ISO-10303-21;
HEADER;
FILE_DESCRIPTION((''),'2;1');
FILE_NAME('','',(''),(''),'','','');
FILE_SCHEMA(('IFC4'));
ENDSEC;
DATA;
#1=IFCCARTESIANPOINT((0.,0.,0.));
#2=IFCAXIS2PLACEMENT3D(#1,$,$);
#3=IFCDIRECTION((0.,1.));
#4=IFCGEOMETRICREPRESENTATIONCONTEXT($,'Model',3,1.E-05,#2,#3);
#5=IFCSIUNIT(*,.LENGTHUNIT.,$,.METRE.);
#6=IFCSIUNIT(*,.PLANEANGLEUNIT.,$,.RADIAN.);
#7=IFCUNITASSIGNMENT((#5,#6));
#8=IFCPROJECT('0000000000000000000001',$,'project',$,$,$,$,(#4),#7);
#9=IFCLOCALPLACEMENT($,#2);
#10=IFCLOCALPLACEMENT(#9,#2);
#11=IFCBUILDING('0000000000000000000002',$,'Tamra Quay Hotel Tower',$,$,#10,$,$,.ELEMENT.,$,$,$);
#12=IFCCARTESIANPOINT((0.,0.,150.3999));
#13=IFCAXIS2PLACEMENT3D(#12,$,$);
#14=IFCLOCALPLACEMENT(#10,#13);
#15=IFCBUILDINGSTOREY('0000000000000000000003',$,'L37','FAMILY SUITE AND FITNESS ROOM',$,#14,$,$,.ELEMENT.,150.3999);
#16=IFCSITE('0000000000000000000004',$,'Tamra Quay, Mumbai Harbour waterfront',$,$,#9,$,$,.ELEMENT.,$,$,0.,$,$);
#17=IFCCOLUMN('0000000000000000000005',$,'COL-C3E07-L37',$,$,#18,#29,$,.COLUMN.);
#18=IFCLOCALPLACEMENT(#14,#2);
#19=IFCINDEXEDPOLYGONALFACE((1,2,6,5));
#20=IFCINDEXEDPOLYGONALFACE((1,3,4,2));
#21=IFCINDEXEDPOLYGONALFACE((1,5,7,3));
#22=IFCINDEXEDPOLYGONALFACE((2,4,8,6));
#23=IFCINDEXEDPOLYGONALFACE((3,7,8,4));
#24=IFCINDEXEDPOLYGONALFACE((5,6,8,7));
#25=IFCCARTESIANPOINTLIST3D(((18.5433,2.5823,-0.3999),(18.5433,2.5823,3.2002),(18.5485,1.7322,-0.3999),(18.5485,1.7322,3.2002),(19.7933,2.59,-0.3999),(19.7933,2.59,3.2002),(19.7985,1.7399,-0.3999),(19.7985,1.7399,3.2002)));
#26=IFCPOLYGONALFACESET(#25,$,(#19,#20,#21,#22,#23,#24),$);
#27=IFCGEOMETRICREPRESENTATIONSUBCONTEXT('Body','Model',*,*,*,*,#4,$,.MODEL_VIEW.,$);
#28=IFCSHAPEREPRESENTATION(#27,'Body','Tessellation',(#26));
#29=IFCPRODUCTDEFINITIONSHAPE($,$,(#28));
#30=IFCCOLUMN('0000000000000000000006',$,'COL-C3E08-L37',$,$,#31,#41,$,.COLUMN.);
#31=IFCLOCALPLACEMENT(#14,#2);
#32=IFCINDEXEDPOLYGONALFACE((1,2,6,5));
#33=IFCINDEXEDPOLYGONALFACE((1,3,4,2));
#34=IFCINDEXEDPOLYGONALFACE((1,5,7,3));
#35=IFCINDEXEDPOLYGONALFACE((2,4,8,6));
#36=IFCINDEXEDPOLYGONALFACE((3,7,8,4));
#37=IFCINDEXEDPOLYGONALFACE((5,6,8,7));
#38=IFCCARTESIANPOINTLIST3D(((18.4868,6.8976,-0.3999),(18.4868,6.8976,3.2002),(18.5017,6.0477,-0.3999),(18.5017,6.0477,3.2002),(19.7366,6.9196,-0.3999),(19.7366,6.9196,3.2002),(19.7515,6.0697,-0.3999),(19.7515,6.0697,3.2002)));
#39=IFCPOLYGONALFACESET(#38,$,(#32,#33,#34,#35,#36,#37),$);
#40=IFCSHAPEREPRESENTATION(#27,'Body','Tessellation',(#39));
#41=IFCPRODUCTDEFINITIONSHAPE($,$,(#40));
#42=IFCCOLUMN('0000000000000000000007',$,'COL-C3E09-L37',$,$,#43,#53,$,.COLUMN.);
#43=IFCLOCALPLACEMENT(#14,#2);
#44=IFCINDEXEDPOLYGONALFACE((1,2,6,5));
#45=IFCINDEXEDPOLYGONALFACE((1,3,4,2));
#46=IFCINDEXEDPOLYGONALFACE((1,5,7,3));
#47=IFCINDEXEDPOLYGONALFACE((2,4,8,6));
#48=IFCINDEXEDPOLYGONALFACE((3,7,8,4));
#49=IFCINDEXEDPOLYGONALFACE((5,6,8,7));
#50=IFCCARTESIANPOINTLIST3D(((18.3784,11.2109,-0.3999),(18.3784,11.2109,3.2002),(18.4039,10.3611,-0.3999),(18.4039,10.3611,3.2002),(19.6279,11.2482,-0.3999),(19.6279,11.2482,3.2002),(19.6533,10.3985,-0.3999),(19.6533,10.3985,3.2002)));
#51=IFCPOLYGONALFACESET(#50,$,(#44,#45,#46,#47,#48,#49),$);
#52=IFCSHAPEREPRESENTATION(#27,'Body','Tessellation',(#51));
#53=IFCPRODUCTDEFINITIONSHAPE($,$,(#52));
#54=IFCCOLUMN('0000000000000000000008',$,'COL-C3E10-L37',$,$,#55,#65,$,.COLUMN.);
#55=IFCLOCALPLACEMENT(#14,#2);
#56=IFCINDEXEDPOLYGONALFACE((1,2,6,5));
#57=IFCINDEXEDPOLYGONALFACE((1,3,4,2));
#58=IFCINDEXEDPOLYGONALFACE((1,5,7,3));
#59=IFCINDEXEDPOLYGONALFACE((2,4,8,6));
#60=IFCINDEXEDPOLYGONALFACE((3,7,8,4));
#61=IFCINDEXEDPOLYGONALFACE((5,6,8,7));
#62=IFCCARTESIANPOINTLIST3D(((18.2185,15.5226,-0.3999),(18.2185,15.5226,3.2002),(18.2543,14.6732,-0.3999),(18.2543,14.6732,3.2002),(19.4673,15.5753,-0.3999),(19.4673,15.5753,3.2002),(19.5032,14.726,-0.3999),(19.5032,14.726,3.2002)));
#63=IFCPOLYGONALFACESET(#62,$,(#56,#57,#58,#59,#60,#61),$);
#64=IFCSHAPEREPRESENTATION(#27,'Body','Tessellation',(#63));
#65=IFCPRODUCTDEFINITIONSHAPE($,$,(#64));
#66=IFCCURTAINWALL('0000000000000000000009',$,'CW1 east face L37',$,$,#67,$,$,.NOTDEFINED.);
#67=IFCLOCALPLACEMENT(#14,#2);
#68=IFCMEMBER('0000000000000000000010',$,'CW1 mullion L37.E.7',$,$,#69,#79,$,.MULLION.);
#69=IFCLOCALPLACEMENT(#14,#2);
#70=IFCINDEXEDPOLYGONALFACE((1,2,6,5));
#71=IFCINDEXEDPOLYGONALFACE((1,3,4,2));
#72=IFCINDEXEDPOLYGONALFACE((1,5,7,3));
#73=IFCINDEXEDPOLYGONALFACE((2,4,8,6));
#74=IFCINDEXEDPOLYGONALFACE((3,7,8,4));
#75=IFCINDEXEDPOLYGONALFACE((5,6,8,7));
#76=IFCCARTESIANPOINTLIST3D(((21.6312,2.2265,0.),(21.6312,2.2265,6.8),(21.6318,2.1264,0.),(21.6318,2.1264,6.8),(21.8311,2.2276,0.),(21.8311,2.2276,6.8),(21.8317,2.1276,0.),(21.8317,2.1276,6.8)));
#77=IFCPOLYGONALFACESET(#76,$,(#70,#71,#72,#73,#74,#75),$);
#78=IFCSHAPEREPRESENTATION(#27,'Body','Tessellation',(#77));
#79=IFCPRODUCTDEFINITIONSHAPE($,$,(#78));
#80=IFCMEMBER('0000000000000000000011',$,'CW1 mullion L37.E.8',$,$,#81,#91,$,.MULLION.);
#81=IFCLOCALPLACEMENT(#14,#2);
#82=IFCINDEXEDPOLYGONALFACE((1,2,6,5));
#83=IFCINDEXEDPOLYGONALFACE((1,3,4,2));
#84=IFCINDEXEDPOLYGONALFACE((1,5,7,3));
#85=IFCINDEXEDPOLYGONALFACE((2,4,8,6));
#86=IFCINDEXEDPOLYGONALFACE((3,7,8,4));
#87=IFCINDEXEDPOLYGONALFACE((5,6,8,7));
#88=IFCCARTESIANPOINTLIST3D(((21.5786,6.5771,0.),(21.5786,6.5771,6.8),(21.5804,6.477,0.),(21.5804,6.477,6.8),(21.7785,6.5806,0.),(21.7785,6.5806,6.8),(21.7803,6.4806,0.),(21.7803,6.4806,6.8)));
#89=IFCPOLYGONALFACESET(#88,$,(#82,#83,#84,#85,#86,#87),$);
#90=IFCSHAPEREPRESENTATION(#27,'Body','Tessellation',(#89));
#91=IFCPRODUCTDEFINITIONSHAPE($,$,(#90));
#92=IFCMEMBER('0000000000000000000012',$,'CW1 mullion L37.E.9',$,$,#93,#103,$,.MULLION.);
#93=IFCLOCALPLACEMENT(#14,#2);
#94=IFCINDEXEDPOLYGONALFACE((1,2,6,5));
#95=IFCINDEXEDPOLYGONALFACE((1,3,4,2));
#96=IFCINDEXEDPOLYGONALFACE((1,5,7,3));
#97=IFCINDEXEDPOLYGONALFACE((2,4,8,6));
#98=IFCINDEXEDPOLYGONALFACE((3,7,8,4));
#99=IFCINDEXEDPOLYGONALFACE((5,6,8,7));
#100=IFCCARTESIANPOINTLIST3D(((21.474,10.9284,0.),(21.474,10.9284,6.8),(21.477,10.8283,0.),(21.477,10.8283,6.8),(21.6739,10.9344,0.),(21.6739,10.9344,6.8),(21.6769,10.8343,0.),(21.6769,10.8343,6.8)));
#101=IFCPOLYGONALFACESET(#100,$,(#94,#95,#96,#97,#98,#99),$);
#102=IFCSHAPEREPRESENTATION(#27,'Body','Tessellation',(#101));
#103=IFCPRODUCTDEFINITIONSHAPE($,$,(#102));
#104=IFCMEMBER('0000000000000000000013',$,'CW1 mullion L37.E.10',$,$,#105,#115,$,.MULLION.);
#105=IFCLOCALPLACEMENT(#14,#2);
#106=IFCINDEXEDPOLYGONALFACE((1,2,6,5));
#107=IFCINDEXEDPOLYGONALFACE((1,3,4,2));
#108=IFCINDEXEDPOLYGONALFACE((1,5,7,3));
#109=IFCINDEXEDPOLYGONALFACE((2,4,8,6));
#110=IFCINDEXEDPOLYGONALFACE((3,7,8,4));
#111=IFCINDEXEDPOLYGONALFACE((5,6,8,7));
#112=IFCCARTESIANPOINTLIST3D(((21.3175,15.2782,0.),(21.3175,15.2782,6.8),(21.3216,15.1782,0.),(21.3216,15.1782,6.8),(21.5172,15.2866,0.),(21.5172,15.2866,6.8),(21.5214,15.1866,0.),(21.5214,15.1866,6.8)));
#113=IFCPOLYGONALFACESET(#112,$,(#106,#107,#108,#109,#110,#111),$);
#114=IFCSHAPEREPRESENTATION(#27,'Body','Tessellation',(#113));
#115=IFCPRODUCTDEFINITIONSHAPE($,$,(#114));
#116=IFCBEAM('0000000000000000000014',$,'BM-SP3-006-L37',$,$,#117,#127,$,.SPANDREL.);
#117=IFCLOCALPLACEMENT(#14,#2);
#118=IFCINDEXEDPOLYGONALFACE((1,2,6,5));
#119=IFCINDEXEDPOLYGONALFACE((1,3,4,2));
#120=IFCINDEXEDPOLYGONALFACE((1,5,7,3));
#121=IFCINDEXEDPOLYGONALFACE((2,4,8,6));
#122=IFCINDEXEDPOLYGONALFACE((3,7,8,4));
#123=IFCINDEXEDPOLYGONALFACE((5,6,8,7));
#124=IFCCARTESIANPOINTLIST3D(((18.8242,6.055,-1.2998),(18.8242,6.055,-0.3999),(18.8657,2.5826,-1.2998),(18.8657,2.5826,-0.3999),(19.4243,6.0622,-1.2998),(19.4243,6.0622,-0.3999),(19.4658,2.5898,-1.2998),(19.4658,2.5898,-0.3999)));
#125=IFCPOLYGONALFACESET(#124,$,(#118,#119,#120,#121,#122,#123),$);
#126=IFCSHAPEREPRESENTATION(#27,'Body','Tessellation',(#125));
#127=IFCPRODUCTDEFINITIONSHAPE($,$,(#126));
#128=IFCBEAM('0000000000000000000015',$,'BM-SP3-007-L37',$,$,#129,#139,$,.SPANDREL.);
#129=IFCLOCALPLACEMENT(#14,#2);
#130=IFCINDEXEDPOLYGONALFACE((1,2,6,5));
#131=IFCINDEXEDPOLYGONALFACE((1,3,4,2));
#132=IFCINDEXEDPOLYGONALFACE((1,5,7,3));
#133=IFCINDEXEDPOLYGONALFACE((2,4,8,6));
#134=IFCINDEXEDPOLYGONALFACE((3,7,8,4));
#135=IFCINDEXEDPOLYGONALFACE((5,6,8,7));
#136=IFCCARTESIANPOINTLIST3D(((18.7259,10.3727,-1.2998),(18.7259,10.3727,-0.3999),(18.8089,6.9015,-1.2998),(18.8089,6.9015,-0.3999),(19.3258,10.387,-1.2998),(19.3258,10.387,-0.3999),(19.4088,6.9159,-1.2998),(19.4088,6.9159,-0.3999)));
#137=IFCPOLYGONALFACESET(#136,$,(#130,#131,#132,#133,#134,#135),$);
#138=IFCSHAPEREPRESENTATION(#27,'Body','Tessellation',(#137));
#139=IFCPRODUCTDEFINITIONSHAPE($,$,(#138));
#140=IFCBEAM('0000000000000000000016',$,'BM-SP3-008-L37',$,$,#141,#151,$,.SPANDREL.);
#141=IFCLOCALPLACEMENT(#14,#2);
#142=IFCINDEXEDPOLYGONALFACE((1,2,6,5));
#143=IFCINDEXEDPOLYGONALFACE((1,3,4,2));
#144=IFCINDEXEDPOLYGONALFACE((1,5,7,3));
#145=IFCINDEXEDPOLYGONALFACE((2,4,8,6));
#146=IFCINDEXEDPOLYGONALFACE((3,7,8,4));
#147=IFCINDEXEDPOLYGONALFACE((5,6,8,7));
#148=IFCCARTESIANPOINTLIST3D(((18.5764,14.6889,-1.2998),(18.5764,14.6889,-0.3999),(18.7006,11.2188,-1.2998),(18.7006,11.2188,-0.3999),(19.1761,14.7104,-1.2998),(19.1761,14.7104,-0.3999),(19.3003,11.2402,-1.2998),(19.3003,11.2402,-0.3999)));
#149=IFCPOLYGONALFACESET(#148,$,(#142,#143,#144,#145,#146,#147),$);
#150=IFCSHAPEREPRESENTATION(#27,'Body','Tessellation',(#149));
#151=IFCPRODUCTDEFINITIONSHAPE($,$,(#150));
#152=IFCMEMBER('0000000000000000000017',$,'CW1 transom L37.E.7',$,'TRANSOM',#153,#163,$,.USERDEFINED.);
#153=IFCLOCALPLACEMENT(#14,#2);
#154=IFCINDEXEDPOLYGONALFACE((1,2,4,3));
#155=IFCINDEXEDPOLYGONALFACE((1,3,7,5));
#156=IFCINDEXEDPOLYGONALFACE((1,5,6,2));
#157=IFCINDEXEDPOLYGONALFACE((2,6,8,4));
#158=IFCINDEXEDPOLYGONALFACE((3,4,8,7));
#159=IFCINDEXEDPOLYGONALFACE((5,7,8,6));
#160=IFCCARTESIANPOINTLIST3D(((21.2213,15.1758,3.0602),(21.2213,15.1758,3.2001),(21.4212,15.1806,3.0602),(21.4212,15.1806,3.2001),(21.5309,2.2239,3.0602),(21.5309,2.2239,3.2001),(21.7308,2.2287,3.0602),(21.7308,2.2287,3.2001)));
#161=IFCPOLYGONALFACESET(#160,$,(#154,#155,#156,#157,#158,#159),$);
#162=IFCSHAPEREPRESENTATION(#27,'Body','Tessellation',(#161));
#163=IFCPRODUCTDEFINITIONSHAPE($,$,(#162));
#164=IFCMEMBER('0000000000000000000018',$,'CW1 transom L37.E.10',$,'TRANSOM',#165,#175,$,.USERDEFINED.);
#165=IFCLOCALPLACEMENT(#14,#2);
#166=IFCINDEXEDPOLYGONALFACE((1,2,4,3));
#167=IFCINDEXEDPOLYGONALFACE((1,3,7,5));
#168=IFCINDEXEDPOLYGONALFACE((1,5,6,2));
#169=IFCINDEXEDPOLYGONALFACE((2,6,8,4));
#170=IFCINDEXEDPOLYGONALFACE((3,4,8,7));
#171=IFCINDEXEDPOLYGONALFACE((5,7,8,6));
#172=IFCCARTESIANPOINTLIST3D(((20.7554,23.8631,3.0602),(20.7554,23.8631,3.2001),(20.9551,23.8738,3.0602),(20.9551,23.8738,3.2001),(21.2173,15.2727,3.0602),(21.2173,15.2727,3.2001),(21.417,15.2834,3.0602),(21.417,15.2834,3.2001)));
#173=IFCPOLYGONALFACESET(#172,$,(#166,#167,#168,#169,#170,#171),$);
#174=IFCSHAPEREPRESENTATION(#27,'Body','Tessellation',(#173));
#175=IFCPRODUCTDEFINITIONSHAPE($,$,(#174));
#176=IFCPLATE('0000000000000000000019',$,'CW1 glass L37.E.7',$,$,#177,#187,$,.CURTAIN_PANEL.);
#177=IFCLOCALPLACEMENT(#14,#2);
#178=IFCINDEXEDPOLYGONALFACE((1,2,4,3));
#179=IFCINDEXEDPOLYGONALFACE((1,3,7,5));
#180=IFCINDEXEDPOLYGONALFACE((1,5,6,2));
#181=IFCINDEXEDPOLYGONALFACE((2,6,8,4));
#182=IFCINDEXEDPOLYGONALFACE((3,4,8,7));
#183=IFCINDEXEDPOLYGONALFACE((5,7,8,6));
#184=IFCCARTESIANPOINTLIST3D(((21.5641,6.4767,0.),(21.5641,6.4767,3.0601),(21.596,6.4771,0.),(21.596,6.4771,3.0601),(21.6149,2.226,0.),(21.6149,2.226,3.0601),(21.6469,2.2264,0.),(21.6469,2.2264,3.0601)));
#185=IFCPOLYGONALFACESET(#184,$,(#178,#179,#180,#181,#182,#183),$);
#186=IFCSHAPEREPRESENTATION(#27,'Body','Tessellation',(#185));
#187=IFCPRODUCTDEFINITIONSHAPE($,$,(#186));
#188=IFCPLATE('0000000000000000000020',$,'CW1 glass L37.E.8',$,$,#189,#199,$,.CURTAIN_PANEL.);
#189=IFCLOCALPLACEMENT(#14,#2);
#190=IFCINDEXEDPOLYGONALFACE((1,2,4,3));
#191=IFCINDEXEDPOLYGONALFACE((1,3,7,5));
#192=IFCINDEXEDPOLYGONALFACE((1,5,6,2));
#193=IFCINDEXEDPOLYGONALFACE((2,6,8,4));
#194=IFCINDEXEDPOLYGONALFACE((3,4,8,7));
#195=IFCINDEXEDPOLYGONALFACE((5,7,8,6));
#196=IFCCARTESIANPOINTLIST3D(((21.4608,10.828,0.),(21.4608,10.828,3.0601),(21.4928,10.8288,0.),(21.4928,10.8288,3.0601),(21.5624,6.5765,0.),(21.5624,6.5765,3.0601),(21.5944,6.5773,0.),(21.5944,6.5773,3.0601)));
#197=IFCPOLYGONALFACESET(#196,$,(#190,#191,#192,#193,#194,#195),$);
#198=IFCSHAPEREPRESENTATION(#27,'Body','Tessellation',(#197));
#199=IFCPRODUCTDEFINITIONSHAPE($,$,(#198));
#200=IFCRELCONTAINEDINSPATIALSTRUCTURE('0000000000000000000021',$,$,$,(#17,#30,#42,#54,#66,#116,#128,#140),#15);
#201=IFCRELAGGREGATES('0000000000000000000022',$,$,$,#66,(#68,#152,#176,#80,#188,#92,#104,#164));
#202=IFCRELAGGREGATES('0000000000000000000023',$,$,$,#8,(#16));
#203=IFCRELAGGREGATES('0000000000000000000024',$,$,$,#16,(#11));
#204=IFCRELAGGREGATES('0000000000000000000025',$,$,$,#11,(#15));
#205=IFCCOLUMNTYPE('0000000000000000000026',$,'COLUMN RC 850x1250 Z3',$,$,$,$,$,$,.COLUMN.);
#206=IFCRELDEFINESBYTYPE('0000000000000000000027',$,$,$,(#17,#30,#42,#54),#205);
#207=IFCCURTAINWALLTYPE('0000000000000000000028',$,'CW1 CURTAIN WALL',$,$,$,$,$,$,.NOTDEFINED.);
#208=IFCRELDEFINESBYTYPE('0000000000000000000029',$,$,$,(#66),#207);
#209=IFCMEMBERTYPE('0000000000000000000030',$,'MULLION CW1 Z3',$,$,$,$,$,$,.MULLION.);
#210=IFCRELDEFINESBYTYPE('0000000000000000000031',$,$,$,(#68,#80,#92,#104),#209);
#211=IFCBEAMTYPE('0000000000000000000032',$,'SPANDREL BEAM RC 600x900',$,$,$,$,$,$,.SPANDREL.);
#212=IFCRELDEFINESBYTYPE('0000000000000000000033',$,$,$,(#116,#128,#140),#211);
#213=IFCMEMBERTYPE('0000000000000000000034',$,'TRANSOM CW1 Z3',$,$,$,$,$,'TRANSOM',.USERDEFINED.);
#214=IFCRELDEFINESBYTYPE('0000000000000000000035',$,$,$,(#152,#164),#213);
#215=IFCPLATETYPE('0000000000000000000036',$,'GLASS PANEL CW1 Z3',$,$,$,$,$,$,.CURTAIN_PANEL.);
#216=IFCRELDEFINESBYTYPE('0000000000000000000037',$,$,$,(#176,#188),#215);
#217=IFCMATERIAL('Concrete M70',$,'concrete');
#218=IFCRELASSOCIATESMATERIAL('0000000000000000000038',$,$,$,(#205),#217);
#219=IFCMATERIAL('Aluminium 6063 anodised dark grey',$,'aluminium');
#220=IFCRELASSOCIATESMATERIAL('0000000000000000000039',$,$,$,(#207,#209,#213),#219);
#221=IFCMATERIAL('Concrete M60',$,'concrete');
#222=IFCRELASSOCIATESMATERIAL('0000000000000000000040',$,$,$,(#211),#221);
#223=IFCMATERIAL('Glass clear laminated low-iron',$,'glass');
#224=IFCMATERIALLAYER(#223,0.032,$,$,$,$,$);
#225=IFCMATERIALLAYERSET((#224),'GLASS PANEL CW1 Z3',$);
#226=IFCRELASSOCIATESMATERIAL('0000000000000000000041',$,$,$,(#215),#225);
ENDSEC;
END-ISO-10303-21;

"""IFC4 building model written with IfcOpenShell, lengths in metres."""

from ifc_helpers import new_model, si_unit, direction, frame, origin, origin_2d, place, context, subcontext, project, spatial, rectangle, extrude, material, layer, layer_set, material_profile, profile_set, type_object, element, aggregate, save


model = new_model("IFC4")

# Units and contexts
model_context = context("Model", 3, precision=1e-05, world=origin(), true_north=direction((0.0, 1.0)))
body_context = subcontext(model_context, "Body", "Model", "MODEL_VIEW")
ifc_project = project(units=[si_unit("LENGTHUNIT", "METRE"), si_unit("PLANEANGLEUNIT", "RADIAN")], contexts=[model_context])

# Site, building, storey
site_placement = place(None, origin())
site = spatial("IfcSite", under=ifc_project, at=site_placement, Name="Tamra Quay, Mumbai Harbour waterfront", CompositionType="ELEMENT", RefElevation=0.0)
building_placement = place(site_placement, origin())
building = spatial("IfcBuilding", under=site, at=building_placement, Name="Tamra Quay Hotel Tower", CompositionType="ELEMENT")
storey_placement = place(building_placement, frame((0.0, 0.0, 150.3999)))
storey = spatial("IfcBuildingStorey", under=building, at=storey_placement, Name="L37", Description="FAMILY SUITE AND FITNESS ROOM", CompositionType="ELEMENT", Elevation=150.3999)

# Columns
ifc_material_1 = material(Name="Concrete M70", Category="concrete")
ifc_material_profile_1 = material_profile(ifc_material_1, rectangle(XDim=1.25, YDim=0.8501, at=origin_2d()), Name="COLUMN RC 850x1250 Z3")
ifc_profile_set_1 = profile_set([ifc_material_profile_1], Name="Concrete M70")
column_type = type_object("IfcColumnType", Name="COLUMN RC 850x1250 Z3", PredefinedType="COLUMN", material=ifc_profile_set_1)
for number, where, z_axis, x_axis, name in (
    (1, (19.1709, 2.1611, -0.3999), (0.0, 0.0, 1.0), (0.999981, 0.006159, 0.0), "COL-C3E07-L37"),
    (2, (19.1191, 6.4836, -0.3999), (0.0, 0.0, 1.0), (0.999845, 0.017597, 0.0), "COL-C3E08-L37"),
    (3, (19.0159, 10.8047, -0.3999), (0.0, 0.0, 1.0), (0.999553, 0.029907, 0.0), "COL-C3E09-L37"),
    (4, (18.8608, 15.1243, -0.3999), (0.0, 0.0, 1.0), (0.999109, 0.042202, 0.0), "COL-C3E10-L37"),
):
    element("IfcColumn", number, at=place(storey_placement, frame(where, z_axis=z_axis, x_axis=x_axis)), inside=storey, type_object=column_type, Name=name, PredefinedType="COLUMN", context=body_context, shape_type="SweptSolid", body=[
        extrude(rectangle(XDim=1.25, YDim=0.8501, at=origin_2d()), origin(), (0.0, 0.0, 1.0), 3.6001),
    ])

# Curtain wall, members
ifc_material_2 = material(Name="Aluminium 6063 anodised dark grey", Category="aluminium")
curtain_wall_type = type_object("IfcCurtainWallType", Name="CW1 CURTAIN WALL", PredefinedType="NOTDEFINED", material=ifc_material_2)
curtain_wall_placement = place(storey_placement, origin())
curtain_wall = element("IfcCurtainWall", 5, at=curtain_wall_placement, inside=storey, type_object=curtain_wall_type, Name="CW1 east face L37", PredefinedType="NOTDEFINED")
ifc_material_profile_2 = material_profile(ifc_material_2, rectangle(XDim=0.2, YDim=0.1001, at=origin_2d()), Name="MULLION 100X200")
ifc_profile_set_2 = profile_set([ifc_material_profile_2], Name="Aluminium 6063 anodised dark grey")
member_type_1 = type_object("IfcMemberType", Name="MULLION CW1 Z3", PredefinedType="MULLION", material=ifc_profile_set_2)
member_1_placement = place(storey_placement, frame((21.7314, 2.177, 0.0), z_axis=(0.0, 0.0, 1.0), x_axis=(0.999982, 0.005979, 0.0)))
member_1 = element("IfcMember", 6, at=member_1_placement, type_object=member_type_1, Name="CW1 mullion L37.E.7", PredefinedType="MULLION", context=body_context, shape_type="SweptSolid", body=[
    extrude(rectangle(XDim=0.2, YDim=0.1001, at=origin_2d()), origin(), (0.0, 0.0, 1.0), 6.8),
])
member_2_placement = place(storey_placement, frame((21.6794, 6.5288, 0.0), z_axis=(0.0, 0.0, 1.0), x_axis=(0.999839, 0.017927, 0.0)))
member_2 = element("IfcMember", 7, at=member_2_placement, type_object=member_type_1, Name="CW1 mullion L37.E.8", PredefinedType="MULLION", context=body_context, shape_type="SweptSolid", body=[
    extrude(rectangle(XDim=0.2, YDim=0.1001, at=origin_2d()), origin(), (0.0, 0.0, 1.0), 6.8),
])
member_3_placement = place(storey_placement, frame((21.5754, 10.8813, 0.0), z_axis=(0.0, 0.0, 1.0), x_axis=(0.999554, 0.029871, 0.0)))
member_3 = element("IfcMember", 8, at=member_3_placement, type_object=member_type_1, Name="CW1 mullion L37.E.9", PredefinedType="MULLION", context=body_context, shape_type="SweptSolid", body=[
    extrude(rectangle(XDim=0.2, YDim=0.1001, at=origin_2d()), origin(), (0.0, 0.0, 1.0), 6.8),
])
member_4_placement = place(storey_placement, frame((21.4194, 15.2324, 0.0), z_axis=(0.0, 0.0, 1.0), x_axis=(0.999126, 0.041797, 0.0)))
member_4 = element("IfcMember", 9, at=member_4_placement, type_object=member_type_1, Name="CW1 mullion L37.E.10", PredefinedType="MULLION", context=body_context, shape_type="SweptSolid", body=[
    extrude(rectangle(XDim=0.2, YDim=0.1001, at=origin_2d()), origin(), (0.0, 0.0, 1.0), 6.8),
])

# Beams
ifc_material_3 = material(Name="Concrete M60", Category="concrete")
ifc_material_profile_3 = material_profile(ifc_material_3, rectangle(XDim=0.6001, YDim=0.8999, at=origin_2d()), Name="SPANDREL BEAM RC 600x900")
ifc_profile_set_3 = profile_set([ifc_material_profile_3], Name="Concrete M60")
beam_type = type_object("IfcBeamType", Name="SPANDREL BEAM RC 600x900", PredefinedType="SPANDREL", material=ifc_profile_set_3)
beam_1_placement = place(storey_placement, frame((19.1658, 2.5862, -0.8499), z_axis=(-0.011952, 0.999929, 0.0), x_axis=(-0.999929, -0.011952, 0.0)))
element("IfcBeam", 10, at=beam_1_placement, inside=storey, type_object=beam_type, Name="BM-SP3-006-L37", PredefinedType="SPANDREL", context=body_context, shape_type="SweptSolid", body=[
    extrude(rectangle(XDim=0.6001, YDim=0.8999, at=origin_2d()), origin(), (0.0, 0.0, 1.0), 3.4727),
])
beam_2_placement = place(storey_placement, frame((19.1089, 6.9087, -0.8499), z_axis=(-0.023907, 0.999714, 0.0), x_axis=(-0.999714, -0.023907, 0.0)))
element("IfcBeam", 11, at=beam_2_placement, inside=storey, type_object=beam_type, Name="BM-SP3-007-L37", PredefinedType="SPANDREL", context=body_context, shape_type="SweptSolid", body=[
    extrude(rectangle(XDim=0.6001, YDim=0.8999, at=origin_2d()), origin(), (0.0, 0.0, 1.0), 3.4722),
])
beam_3_placement = place(storey_placement, frame((19.0005, 11.2295, -0.8499), z_axis=(-0.035787, 0.999359, 0.0), x_axis=(-0.999359, -0.035787, 0.0)))
element("IfcBeam", 12, at=beam_3_placement, inside=storey, type_object=beam_type, Name="BM-SP3-008-L37", PredefinedType="SPANDREL", context=body_context, shape_type="SweptSolid", body=[
    extrude(rectangle(XDim=0.6001, YDim=0.8999, at=origin_2d()), origin(), (0.0, 0.0, 1.0), 3.4724),
])

# Members
ifc_material_profile_4 = material_profile(ifc_material_2, rectangle(XDim=0.2, YDim=0.1399, at=origin_2d()), Name="TRANSOM 200X140")
ifc_profile_set_4 = profile_set([ifc_material_profile_4], Name="Aluminium 6063 anodised dark grey")
member_type_2 = type_object("IfcMemberType", Name="TRANSOM CW1 Z3", ElementType="TRANSOM", PredefinedType="USERDEFINED", material=ifc_profile_set_4)
member_5_placement = place(storey_placement, frame((21.6309, 2.2263, 3.1301), z_axis=(-0.023895, 0.999714, 0.0), x_axis=(-0.999714, -0.023895, 0.0)))
member_5 = element("IfcMember", 13, at=member_5_placement, type_object=member_type_2, Name="CW1 transom L37.E.7", ObjectType="TRANSOM", PredefinedType="USERDEFINED", context=body_context, shape_type="SweptSolid", body=[
    extrude(rectangle(XDim=0.2, YDim=0.1399, at=origin_2d()), origin(), (0.0, 0.0, 1.0), 12.9556),
])
member_6_placement = place(storey_placement, frame((21.3171, 15.2781, 3.1301), z_axis=(-0.053694, 0.998557, 0.0), x_axis=(-0.998557, -0.053694, 0.0)))
member_6 = element("IfcMember", 14, at=member_6_placement, type_object=member_type_2, Name="CW1 transom L37.E.10", ObjectType="TRANSOM", PredefinedType="USERDEFINED", context=body_context, shape_type="SweptSolid", body=[
    extrude(rectangle(XDim=0.2, YDim=0.1399, at=origin_2d()), origin(), (0.0, 0.0, 1.0), 8.6028),
])

# Plates
ifc_material_4 = material(Name="Glass clear laminated low-iron", Category="glass")
ifc_layer_1 = layer(ifc_material_4, 0.032)
ifc_layer_set_1 = layer_set([ifc_layer_1], Name="GLASS PANEL CW1 Z3")
plate_type = type_object("IfcPlateType", Name="GLASS PANEL CW1 Z3", PredefinedType="CURTAIN_PANEL", material=ifc_layer_set_1)
plate_1_placement = place(storey_placement, frame((21.6055, 4.3516, 0.0), z_axis=(0.0, 0.0, 1.0), x_axis=(-0.011957, 0.999929, 0.0)))
plate_1 = element("IfcPlate", 15, at=plate_1_placement, type_object=plate_type, Name="CW1 glass L37.E.7", PredefinedType="CURTAIN_PANEL", context=body_context, shape_type="SweptSolid", body=[
    extrude(rectangle(XDim=4.251, YDim=0.032, at=origin_2d()), origin(), (0.0, 0.0, 1.0), 3.0601),
])
plate_2_placement = place(storey_placement, frame((21.5276, 8.7026, 0.0), z_axis=(0.0, 0.0, 1.0), x_axis=(-0.023896, 0.999714, 0.0)))
plate_2 = element("IfcPlate", 16, at=plate_2_placement, type_object=plate_type, Name="CW1 glass L37.E.8", PredefinedType="CURTAIN_PANEL", context=body_context, shape_type="SweptSolid", body=[
    extrude(rectangle(XDim=4.2527, YDim=0.032, at=origin_2d()), origin(), (0.0, 0.0, 1.0), 3.0601),
])
aggregate(curtain_wall, [member_1, member_5, plate_1, member_2, plate_2, member_3, member_4, member_6])

save(model, "model.ifc")
